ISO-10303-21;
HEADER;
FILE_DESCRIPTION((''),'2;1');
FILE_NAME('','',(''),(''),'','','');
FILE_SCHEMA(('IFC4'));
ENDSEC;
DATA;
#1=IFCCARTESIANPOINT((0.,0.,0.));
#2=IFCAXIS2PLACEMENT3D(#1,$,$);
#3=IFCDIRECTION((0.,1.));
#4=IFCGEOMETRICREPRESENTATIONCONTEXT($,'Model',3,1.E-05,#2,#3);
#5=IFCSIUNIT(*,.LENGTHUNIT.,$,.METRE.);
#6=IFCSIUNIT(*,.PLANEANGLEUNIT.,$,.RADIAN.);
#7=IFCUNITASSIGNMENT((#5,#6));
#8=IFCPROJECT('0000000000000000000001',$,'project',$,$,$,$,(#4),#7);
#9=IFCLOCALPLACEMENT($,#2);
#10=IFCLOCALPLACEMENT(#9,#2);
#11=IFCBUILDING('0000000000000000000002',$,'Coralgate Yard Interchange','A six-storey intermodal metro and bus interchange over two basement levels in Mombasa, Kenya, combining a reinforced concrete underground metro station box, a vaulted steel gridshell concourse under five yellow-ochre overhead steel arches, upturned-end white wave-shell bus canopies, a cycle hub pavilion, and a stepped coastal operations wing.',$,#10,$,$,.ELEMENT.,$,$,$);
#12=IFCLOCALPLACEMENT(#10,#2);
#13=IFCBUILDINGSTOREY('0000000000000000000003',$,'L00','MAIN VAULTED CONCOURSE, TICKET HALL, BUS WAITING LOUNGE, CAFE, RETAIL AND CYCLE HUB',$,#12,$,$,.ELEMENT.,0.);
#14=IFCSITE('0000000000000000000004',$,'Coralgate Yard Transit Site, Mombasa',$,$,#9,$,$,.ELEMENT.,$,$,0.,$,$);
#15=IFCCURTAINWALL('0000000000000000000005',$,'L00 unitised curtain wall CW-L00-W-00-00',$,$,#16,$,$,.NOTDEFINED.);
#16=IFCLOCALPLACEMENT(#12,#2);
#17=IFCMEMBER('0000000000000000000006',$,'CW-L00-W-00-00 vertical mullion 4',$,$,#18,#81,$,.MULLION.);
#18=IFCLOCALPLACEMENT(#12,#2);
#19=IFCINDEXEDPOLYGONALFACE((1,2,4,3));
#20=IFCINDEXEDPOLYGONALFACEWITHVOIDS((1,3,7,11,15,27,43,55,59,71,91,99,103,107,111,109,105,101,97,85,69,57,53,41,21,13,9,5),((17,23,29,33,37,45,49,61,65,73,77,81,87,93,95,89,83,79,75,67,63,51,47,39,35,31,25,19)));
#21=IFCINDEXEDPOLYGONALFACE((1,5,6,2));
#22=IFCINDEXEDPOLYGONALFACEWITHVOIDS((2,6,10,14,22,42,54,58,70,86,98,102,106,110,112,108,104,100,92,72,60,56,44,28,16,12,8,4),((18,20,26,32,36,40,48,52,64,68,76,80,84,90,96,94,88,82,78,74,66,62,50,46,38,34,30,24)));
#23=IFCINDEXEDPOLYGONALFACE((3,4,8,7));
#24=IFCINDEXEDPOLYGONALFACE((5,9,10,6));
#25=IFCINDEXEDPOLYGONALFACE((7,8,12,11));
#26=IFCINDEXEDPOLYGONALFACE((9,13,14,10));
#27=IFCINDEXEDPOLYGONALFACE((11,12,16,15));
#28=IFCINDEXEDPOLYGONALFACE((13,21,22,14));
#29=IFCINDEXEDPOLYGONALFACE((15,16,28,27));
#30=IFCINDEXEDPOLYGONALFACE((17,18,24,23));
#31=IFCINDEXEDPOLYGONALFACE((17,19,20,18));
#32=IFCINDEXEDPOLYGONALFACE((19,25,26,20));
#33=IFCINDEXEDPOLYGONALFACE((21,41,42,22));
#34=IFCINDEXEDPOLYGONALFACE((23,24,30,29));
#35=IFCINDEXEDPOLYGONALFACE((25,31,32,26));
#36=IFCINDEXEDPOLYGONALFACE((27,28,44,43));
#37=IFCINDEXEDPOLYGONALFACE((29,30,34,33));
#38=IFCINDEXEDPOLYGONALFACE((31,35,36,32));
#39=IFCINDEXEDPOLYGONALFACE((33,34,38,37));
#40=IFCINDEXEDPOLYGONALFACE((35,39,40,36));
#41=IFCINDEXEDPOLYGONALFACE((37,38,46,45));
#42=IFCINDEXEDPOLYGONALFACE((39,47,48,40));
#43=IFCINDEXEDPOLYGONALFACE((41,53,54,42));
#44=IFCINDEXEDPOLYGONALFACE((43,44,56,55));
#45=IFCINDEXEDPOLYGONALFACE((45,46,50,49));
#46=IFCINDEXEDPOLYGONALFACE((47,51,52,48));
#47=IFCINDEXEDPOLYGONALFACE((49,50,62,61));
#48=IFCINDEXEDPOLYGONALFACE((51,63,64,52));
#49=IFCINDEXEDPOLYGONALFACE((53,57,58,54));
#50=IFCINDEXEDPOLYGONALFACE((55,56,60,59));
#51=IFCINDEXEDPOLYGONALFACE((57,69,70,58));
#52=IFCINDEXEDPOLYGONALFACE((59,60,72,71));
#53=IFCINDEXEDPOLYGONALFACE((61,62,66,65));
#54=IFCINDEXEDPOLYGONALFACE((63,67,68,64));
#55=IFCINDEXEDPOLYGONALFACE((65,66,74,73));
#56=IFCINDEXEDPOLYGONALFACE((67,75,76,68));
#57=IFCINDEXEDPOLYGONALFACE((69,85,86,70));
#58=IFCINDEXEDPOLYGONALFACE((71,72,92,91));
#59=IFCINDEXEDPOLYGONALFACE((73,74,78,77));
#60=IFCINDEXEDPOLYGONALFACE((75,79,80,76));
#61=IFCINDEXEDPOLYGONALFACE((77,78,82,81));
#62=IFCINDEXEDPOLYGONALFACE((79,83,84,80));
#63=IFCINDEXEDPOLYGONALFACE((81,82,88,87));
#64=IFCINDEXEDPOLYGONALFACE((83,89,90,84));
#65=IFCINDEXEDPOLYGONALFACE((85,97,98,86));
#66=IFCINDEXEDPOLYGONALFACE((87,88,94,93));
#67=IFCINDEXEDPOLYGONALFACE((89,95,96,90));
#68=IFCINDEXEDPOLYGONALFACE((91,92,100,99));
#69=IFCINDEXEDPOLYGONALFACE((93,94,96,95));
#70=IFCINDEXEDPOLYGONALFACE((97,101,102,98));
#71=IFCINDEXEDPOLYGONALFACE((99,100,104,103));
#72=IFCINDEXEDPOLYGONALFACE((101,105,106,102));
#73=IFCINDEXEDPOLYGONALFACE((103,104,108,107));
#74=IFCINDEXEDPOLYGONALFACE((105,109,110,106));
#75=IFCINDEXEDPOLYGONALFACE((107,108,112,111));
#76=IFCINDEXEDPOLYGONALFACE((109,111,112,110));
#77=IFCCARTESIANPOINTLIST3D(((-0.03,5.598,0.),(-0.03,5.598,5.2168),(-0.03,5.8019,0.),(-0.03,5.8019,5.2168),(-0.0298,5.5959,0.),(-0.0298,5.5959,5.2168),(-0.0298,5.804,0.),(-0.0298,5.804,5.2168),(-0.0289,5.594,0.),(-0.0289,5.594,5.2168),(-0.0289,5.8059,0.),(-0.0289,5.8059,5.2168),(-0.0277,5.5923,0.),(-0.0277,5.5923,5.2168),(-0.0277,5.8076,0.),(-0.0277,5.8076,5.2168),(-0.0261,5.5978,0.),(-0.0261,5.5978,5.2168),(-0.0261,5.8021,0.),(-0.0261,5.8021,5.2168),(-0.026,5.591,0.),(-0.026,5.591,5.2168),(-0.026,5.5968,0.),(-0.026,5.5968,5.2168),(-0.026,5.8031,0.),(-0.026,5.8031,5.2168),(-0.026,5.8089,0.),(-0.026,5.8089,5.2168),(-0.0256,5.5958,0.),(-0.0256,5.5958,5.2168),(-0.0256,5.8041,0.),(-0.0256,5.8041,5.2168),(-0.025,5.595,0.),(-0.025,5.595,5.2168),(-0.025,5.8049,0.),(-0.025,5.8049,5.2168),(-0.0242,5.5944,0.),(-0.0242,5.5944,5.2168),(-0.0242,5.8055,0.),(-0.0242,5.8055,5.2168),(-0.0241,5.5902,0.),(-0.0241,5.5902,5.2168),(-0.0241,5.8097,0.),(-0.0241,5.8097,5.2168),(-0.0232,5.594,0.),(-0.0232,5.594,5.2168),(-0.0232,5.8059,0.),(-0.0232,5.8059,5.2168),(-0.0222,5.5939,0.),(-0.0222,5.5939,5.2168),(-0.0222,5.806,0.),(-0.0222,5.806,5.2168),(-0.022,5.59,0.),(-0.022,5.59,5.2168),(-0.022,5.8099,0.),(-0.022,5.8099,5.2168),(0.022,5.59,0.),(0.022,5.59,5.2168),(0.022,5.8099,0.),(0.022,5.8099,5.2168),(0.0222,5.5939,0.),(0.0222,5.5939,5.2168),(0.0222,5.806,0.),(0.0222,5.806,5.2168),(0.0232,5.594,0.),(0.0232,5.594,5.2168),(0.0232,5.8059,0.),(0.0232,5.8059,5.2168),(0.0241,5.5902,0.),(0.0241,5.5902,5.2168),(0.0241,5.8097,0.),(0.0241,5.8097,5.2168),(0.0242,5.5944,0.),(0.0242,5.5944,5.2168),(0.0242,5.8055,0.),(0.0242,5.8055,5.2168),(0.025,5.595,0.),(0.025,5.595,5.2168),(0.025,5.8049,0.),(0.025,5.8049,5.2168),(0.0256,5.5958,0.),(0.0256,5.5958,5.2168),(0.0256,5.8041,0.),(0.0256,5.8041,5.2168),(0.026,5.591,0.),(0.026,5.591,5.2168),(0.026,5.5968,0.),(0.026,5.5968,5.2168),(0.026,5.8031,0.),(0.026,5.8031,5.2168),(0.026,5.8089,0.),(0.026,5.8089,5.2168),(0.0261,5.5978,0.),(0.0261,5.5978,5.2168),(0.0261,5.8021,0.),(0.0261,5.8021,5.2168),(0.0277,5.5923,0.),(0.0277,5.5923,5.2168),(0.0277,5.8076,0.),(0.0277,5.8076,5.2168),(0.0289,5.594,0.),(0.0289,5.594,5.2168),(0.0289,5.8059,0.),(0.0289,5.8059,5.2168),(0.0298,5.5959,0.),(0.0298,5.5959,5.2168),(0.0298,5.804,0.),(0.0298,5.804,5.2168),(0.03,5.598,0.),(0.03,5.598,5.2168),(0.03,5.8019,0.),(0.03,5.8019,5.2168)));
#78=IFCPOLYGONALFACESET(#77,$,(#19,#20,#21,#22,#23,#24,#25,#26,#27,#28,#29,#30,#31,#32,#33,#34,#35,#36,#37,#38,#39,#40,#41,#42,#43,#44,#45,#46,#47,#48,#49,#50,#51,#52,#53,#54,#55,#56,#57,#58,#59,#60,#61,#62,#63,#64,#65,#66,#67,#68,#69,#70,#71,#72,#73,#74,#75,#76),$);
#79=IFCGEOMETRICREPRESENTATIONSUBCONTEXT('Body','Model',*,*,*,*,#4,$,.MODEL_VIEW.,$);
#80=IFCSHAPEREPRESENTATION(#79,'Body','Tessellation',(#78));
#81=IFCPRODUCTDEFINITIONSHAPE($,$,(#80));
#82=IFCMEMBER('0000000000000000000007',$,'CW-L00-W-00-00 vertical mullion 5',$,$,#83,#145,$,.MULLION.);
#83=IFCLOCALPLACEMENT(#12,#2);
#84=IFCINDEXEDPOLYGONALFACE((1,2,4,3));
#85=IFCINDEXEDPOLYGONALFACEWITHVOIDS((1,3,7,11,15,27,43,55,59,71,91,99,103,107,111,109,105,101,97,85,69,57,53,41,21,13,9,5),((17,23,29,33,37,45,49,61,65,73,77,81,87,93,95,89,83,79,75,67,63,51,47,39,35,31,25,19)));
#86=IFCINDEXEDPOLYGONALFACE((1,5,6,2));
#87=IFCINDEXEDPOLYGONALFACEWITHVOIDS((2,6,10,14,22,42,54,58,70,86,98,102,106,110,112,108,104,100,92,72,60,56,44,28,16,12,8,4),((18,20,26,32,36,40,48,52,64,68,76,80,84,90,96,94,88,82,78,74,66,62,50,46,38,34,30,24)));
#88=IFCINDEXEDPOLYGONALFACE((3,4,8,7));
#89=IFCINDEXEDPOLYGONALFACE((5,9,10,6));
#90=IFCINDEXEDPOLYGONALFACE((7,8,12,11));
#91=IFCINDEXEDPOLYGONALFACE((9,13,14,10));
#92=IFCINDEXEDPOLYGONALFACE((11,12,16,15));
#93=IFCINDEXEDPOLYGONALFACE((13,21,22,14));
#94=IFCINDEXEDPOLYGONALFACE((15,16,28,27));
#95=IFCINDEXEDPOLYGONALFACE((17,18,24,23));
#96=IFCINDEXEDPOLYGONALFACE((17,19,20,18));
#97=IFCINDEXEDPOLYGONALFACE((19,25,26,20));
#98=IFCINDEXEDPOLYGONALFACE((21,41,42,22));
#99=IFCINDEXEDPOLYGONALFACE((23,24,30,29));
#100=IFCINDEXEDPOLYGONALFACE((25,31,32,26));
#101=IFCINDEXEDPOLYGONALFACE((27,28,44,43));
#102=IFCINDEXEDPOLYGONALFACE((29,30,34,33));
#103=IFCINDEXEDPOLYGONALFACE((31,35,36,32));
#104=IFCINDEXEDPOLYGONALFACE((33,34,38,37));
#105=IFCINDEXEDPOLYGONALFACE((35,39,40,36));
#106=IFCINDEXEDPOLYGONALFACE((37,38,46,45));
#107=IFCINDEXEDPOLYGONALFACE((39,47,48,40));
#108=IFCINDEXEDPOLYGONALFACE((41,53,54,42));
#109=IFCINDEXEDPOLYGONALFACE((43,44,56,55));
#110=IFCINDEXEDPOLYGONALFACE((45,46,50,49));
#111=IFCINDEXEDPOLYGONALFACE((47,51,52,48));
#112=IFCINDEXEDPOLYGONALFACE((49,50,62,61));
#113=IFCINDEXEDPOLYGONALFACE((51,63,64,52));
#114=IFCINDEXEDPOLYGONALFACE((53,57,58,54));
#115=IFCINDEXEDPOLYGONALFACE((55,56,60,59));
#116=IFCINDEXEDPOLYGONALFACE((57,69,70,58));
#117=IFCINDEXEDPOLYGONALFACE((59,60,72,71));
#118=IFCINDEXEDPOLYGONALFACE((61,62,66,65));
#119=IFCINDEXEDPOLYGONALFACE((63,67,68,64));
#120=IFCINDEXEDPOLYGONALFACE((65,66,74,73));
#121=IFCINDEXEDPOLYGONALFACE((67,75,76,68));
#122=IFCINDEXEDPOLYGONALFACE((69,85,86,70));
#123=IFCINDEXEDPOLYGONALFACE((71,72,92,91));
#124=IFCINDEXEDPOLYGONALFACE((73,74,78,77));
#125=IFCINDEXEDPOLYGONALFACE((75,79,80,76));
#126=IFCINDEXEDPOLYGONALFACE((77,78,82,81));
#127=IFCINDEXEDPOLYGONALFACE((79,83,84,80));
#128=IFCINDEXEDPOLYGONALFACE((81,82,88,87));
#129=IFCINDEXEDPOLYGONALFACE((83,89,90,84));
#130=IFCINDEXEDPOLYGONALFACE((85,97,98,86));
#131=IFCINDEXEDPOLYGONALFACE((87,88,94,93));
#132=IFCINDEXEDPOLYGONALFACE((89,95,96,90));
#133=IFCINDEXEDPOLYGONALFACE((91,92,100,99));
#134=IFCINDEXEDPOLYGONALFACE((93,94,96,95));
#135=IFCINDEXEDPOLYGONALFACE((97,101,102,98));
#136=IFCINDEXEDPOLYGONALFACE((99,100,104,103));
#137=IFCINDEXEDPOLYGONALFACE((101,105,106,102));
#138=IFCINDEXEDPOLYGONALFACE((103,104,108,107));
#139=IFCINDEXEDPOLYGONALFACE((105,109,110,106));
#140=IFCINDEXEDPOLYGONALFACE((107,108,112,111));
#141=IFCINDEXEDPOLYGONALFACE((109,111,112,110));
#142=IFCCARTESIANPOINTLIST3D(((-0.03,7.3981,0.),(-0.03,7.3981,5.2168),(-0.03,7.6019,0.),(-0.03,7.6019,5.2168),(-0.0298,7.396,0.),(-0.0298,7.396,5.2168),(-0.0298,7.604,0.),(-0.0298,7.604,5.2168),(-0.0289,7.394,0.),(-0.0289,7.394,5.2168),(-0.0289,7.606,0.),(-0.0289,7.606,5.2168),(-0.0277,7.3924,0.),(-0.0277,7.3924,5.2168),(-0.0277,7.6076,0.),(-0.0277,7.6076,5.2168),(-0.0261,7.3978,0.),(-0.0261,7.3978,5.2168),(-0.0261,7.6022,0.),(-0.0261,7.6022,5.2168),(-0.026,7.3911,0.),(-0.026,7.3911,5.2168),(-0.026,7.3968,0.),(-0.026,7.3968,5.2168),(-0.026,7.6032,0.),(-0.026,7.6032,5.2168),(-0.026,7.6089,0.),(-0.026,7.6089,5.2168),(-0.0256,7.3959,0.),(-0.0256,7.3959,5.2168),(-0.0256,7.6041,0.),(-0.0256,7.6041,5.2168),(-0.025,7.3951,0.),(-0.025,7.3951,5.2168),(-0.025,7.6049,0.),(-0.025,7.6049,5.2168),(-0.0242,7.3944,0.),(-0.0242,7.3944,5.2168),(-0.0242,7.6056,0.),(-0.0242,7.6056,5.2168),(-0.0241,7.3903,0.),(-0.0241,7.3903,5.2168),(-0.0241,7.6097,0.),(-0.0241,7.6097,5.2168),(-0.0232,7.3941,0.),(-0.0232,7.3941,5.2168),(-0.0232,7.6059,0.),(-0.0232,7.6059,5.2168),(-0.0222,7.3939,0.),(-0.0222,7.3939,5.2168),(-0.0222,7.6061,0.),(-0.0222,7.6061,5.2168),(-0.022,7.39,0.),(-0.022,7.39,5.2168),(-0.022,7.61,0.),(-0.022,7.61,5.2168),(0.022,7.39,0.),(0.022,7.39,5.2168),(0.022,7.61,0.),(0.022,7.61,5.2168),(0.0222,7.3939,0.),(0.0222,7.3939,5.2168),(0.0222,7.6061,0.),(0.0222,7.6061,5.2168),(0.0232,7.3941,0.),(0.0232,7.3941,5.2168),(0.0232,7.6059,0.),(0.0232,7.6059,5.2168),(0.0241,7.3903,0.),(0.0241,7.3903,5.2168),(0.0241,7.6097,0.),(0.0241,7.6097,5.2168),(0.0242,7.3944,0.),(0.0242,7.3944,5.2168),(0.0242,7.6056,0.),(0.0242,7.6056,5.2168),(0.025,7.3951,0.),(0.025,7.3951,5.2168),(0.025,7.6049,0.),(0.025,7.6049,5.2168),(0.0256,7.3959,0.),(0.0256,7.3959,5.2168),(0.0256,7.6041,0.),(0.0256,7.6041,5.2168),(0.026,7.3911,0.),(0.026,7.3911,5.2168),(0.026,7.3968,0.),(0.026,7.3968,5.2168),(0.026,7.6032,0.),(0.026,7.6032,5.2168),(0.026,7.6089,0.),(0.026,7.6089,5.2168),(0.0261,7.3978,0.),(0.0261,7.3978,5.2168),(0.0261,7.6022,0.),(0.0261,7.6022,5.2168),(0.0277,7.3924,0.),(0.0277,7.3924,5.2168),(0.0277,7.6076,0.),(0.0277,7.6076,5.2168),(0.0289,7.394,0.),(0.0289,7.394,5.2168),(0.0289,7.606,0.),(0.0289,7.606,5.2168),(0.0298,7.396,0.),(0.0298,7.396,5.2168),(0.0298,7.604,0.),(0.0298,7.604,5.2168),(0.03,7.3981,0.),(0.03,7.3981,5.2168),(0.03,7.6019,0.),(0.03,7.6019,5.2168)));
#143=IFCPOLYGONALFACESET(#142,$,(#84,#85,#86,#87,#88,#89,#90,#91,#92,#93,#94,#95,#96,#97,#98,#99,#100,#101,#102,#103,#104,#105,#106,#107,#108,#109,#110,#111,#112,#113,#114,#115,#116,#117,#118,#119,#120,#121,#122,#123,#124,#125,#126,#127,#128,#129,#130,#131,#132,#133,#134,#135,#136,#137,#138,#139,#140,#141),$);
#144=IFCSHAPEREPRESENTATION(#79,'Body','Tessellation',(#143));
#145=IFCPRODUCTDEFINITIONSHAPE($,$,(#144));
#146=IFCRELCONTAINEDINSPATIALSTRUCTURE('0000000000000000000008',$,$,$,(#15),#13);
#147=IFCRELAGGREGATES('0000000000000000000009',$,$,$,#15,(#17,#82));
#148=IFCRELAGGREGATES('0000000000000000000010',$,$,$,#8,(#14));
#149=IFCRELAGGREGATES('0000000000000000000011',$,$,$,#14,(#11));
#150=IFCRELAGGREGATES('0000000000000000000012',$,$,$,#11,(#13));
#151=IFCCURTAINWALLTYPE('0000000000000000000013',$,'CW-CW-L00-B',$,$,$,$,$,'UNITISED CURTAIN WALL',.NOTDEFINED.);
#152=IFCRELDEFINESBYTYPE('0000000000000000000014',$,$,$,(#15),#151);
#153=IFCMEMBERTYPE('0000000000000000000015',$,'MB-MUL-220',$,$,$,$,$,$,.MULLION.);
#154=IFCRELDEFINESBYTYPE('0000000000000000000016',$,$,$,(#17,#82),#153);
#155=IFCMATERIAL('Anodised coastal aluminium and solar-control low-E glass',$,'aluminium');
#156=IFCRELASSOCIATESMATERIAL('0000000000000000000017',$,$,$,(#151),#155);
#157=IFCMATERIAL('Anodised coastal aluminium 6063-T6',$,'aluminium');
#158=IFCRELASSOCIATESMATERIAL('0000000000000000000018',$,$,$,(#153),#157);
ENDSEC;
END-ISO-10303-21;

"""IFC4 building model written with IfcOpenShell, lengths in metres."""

from ifc_helpers import new_model, si_unit, direction, frame, origin, origin_2d, place, context, subcontext, project, spatial, hollow_rectangle, extrude, material, material_profile, profile_set, type_object, element, aggregate, save


model = new_model("IFC4")

# Units and contexts
model_context = context("Model", 3, precision=1e-05, world=origin(), true_north=direction((0.0, 1.0)))
body_context = subcontext(model_context, "Body", "Model", "MODEL_VIEW")
ifc_project = project(units=[si_unit("LENGTHUNIT", "METRE"), si_unit("PLANEANGLEUNIT", "RADIAN")], contexts=[model_context])

# Site, building, storey
site_placement = place(None, origin())
site = spatial("IfcSite", under=ifc_project, at=site_placement, Name="Coralgate Yard Transit Site, Mombasa", CompositionType="ELEMENT", RefElevation=0.0)
building_placement = place(site_placement, origin())
building = spatial("IfcBuilding", under=site, at=building_placement, Name="Coralgate Yard Interchange", Description="A six-storey intermodal metro and bus interchange over two basement levels in Mombasa, Kenya, combining a reinforced concrete underground metro station box, a vaulted steel gridshell concourse under five yellow-ochre overhead steel arches, upturned-end white wave-shell bus canopies, a cycle hub pavilion, and a stepped coastal operations wing.", CompositionType="ELEMENT")
storey_placement = place(building_placement, origin())
storey = spatial("IfcBuildingStorey", under=building, at=storey_placement, Name="L00", Description="MAIN VAULTED CONCOURSE, TICKET HALL, BUS WAITING LOUNGE, CAFE, RETAIL AND CYCLE HUB", CompositionType="ELEMENT", Elevation=0.0)

# Curtain wall, members
ifc_material_1 = material(Name="Anodised coastal aluminium and solar-control low-E glass", Category="aluminium")
curtain_wall_type = type_object("IfcCurtainWallType", Name="CW-CW-L00-B", ElementType="UNITISED CURTAIN WALL", PredefinedType="NOTDEFINED", material=ifc_material_1)
curtain_wall_placement = place(storey_placement, origin())
curtain_wall = element("IfcCurtainWall", 1, at=curtain_wall_placement, inside=storey, type_object=curtain_wall_type, Name="L00 unitised curtain wall CW-L00-W-00-00", PredefinedType="NOTDEFINED")
ifc_material_2 = material(Name="Anodised coastal aluminium 6063-T6", Category="aluminium")
ifc_material_profile_1 = material_profile(ifc_material_2, hollow_rectangle(XDim=0.0601, YDim=0.22, WallThickness=0.0039, InnerFilletRadius=0.0039, OuterFilletRadius=0.0081, at=origin_2d()), Name="ALU 60x220x4")
ifc_profile_set_1 = profile_set([ifc_material_profile_1], Name="Anodised coastal aluminium 6063-T6")
member_type_1 = type_object("IfcMemberType", Name="MB-MUL-220", PredefinedType="MULLION", material=ifc_profile_set_1)
member_1_placement = place(storey_placement, frame((0.0, 5.7, 0.0), z_axis=(0.0, 0.0, 1.0), x_axis=(1.0, 0.0, 0.0)))
member_1 = element("IfcMember", 2, at=member_1_placement, type_object=member_type_1, Name="CW-L00-W-00-00 vertical mullion 4", PredefinedType="MULLION", context=body_context, shape_type="SweptSolid", body=[
    extrude(hollow_rectangle(XDim=0.0601, YDim=0.22, WallThickness=0.0039, InnerFilletRadius=0.0039, OuterFilletRadius=0.0081, at=origin_2d()), origin(), (0.0, 0.0, 1.0), 5.2168),
])
member_2_placement = place(storey_placement, frame((0.0, 7.5, 0.0), z_axis=(0.0, 0.0, 1.0), x_axis=(1.0, 0.0, 0.0)))
member_2 = element("IfcMember", 3, at=member_2_placement, type_object=member_type_1, Name="CW-L00-W-00-00 vertical mullion 5", PredefinedType="MULLION", context=body_context, shape_type="SweptSolid", body=[
    extrude(hollow_rectangle(XDim=0.0601, YDim=0.22, WallThickness=0.0039, InnerFilletRadius=0.0039, OuterFilletRadius=0.0081, at=origin_2d()), origin(), (0.0, 0.0, 1.0), 5.2168),
])
aggregate(curtain_wall, [member_1, member_2])

save(model, "model.ifc")
